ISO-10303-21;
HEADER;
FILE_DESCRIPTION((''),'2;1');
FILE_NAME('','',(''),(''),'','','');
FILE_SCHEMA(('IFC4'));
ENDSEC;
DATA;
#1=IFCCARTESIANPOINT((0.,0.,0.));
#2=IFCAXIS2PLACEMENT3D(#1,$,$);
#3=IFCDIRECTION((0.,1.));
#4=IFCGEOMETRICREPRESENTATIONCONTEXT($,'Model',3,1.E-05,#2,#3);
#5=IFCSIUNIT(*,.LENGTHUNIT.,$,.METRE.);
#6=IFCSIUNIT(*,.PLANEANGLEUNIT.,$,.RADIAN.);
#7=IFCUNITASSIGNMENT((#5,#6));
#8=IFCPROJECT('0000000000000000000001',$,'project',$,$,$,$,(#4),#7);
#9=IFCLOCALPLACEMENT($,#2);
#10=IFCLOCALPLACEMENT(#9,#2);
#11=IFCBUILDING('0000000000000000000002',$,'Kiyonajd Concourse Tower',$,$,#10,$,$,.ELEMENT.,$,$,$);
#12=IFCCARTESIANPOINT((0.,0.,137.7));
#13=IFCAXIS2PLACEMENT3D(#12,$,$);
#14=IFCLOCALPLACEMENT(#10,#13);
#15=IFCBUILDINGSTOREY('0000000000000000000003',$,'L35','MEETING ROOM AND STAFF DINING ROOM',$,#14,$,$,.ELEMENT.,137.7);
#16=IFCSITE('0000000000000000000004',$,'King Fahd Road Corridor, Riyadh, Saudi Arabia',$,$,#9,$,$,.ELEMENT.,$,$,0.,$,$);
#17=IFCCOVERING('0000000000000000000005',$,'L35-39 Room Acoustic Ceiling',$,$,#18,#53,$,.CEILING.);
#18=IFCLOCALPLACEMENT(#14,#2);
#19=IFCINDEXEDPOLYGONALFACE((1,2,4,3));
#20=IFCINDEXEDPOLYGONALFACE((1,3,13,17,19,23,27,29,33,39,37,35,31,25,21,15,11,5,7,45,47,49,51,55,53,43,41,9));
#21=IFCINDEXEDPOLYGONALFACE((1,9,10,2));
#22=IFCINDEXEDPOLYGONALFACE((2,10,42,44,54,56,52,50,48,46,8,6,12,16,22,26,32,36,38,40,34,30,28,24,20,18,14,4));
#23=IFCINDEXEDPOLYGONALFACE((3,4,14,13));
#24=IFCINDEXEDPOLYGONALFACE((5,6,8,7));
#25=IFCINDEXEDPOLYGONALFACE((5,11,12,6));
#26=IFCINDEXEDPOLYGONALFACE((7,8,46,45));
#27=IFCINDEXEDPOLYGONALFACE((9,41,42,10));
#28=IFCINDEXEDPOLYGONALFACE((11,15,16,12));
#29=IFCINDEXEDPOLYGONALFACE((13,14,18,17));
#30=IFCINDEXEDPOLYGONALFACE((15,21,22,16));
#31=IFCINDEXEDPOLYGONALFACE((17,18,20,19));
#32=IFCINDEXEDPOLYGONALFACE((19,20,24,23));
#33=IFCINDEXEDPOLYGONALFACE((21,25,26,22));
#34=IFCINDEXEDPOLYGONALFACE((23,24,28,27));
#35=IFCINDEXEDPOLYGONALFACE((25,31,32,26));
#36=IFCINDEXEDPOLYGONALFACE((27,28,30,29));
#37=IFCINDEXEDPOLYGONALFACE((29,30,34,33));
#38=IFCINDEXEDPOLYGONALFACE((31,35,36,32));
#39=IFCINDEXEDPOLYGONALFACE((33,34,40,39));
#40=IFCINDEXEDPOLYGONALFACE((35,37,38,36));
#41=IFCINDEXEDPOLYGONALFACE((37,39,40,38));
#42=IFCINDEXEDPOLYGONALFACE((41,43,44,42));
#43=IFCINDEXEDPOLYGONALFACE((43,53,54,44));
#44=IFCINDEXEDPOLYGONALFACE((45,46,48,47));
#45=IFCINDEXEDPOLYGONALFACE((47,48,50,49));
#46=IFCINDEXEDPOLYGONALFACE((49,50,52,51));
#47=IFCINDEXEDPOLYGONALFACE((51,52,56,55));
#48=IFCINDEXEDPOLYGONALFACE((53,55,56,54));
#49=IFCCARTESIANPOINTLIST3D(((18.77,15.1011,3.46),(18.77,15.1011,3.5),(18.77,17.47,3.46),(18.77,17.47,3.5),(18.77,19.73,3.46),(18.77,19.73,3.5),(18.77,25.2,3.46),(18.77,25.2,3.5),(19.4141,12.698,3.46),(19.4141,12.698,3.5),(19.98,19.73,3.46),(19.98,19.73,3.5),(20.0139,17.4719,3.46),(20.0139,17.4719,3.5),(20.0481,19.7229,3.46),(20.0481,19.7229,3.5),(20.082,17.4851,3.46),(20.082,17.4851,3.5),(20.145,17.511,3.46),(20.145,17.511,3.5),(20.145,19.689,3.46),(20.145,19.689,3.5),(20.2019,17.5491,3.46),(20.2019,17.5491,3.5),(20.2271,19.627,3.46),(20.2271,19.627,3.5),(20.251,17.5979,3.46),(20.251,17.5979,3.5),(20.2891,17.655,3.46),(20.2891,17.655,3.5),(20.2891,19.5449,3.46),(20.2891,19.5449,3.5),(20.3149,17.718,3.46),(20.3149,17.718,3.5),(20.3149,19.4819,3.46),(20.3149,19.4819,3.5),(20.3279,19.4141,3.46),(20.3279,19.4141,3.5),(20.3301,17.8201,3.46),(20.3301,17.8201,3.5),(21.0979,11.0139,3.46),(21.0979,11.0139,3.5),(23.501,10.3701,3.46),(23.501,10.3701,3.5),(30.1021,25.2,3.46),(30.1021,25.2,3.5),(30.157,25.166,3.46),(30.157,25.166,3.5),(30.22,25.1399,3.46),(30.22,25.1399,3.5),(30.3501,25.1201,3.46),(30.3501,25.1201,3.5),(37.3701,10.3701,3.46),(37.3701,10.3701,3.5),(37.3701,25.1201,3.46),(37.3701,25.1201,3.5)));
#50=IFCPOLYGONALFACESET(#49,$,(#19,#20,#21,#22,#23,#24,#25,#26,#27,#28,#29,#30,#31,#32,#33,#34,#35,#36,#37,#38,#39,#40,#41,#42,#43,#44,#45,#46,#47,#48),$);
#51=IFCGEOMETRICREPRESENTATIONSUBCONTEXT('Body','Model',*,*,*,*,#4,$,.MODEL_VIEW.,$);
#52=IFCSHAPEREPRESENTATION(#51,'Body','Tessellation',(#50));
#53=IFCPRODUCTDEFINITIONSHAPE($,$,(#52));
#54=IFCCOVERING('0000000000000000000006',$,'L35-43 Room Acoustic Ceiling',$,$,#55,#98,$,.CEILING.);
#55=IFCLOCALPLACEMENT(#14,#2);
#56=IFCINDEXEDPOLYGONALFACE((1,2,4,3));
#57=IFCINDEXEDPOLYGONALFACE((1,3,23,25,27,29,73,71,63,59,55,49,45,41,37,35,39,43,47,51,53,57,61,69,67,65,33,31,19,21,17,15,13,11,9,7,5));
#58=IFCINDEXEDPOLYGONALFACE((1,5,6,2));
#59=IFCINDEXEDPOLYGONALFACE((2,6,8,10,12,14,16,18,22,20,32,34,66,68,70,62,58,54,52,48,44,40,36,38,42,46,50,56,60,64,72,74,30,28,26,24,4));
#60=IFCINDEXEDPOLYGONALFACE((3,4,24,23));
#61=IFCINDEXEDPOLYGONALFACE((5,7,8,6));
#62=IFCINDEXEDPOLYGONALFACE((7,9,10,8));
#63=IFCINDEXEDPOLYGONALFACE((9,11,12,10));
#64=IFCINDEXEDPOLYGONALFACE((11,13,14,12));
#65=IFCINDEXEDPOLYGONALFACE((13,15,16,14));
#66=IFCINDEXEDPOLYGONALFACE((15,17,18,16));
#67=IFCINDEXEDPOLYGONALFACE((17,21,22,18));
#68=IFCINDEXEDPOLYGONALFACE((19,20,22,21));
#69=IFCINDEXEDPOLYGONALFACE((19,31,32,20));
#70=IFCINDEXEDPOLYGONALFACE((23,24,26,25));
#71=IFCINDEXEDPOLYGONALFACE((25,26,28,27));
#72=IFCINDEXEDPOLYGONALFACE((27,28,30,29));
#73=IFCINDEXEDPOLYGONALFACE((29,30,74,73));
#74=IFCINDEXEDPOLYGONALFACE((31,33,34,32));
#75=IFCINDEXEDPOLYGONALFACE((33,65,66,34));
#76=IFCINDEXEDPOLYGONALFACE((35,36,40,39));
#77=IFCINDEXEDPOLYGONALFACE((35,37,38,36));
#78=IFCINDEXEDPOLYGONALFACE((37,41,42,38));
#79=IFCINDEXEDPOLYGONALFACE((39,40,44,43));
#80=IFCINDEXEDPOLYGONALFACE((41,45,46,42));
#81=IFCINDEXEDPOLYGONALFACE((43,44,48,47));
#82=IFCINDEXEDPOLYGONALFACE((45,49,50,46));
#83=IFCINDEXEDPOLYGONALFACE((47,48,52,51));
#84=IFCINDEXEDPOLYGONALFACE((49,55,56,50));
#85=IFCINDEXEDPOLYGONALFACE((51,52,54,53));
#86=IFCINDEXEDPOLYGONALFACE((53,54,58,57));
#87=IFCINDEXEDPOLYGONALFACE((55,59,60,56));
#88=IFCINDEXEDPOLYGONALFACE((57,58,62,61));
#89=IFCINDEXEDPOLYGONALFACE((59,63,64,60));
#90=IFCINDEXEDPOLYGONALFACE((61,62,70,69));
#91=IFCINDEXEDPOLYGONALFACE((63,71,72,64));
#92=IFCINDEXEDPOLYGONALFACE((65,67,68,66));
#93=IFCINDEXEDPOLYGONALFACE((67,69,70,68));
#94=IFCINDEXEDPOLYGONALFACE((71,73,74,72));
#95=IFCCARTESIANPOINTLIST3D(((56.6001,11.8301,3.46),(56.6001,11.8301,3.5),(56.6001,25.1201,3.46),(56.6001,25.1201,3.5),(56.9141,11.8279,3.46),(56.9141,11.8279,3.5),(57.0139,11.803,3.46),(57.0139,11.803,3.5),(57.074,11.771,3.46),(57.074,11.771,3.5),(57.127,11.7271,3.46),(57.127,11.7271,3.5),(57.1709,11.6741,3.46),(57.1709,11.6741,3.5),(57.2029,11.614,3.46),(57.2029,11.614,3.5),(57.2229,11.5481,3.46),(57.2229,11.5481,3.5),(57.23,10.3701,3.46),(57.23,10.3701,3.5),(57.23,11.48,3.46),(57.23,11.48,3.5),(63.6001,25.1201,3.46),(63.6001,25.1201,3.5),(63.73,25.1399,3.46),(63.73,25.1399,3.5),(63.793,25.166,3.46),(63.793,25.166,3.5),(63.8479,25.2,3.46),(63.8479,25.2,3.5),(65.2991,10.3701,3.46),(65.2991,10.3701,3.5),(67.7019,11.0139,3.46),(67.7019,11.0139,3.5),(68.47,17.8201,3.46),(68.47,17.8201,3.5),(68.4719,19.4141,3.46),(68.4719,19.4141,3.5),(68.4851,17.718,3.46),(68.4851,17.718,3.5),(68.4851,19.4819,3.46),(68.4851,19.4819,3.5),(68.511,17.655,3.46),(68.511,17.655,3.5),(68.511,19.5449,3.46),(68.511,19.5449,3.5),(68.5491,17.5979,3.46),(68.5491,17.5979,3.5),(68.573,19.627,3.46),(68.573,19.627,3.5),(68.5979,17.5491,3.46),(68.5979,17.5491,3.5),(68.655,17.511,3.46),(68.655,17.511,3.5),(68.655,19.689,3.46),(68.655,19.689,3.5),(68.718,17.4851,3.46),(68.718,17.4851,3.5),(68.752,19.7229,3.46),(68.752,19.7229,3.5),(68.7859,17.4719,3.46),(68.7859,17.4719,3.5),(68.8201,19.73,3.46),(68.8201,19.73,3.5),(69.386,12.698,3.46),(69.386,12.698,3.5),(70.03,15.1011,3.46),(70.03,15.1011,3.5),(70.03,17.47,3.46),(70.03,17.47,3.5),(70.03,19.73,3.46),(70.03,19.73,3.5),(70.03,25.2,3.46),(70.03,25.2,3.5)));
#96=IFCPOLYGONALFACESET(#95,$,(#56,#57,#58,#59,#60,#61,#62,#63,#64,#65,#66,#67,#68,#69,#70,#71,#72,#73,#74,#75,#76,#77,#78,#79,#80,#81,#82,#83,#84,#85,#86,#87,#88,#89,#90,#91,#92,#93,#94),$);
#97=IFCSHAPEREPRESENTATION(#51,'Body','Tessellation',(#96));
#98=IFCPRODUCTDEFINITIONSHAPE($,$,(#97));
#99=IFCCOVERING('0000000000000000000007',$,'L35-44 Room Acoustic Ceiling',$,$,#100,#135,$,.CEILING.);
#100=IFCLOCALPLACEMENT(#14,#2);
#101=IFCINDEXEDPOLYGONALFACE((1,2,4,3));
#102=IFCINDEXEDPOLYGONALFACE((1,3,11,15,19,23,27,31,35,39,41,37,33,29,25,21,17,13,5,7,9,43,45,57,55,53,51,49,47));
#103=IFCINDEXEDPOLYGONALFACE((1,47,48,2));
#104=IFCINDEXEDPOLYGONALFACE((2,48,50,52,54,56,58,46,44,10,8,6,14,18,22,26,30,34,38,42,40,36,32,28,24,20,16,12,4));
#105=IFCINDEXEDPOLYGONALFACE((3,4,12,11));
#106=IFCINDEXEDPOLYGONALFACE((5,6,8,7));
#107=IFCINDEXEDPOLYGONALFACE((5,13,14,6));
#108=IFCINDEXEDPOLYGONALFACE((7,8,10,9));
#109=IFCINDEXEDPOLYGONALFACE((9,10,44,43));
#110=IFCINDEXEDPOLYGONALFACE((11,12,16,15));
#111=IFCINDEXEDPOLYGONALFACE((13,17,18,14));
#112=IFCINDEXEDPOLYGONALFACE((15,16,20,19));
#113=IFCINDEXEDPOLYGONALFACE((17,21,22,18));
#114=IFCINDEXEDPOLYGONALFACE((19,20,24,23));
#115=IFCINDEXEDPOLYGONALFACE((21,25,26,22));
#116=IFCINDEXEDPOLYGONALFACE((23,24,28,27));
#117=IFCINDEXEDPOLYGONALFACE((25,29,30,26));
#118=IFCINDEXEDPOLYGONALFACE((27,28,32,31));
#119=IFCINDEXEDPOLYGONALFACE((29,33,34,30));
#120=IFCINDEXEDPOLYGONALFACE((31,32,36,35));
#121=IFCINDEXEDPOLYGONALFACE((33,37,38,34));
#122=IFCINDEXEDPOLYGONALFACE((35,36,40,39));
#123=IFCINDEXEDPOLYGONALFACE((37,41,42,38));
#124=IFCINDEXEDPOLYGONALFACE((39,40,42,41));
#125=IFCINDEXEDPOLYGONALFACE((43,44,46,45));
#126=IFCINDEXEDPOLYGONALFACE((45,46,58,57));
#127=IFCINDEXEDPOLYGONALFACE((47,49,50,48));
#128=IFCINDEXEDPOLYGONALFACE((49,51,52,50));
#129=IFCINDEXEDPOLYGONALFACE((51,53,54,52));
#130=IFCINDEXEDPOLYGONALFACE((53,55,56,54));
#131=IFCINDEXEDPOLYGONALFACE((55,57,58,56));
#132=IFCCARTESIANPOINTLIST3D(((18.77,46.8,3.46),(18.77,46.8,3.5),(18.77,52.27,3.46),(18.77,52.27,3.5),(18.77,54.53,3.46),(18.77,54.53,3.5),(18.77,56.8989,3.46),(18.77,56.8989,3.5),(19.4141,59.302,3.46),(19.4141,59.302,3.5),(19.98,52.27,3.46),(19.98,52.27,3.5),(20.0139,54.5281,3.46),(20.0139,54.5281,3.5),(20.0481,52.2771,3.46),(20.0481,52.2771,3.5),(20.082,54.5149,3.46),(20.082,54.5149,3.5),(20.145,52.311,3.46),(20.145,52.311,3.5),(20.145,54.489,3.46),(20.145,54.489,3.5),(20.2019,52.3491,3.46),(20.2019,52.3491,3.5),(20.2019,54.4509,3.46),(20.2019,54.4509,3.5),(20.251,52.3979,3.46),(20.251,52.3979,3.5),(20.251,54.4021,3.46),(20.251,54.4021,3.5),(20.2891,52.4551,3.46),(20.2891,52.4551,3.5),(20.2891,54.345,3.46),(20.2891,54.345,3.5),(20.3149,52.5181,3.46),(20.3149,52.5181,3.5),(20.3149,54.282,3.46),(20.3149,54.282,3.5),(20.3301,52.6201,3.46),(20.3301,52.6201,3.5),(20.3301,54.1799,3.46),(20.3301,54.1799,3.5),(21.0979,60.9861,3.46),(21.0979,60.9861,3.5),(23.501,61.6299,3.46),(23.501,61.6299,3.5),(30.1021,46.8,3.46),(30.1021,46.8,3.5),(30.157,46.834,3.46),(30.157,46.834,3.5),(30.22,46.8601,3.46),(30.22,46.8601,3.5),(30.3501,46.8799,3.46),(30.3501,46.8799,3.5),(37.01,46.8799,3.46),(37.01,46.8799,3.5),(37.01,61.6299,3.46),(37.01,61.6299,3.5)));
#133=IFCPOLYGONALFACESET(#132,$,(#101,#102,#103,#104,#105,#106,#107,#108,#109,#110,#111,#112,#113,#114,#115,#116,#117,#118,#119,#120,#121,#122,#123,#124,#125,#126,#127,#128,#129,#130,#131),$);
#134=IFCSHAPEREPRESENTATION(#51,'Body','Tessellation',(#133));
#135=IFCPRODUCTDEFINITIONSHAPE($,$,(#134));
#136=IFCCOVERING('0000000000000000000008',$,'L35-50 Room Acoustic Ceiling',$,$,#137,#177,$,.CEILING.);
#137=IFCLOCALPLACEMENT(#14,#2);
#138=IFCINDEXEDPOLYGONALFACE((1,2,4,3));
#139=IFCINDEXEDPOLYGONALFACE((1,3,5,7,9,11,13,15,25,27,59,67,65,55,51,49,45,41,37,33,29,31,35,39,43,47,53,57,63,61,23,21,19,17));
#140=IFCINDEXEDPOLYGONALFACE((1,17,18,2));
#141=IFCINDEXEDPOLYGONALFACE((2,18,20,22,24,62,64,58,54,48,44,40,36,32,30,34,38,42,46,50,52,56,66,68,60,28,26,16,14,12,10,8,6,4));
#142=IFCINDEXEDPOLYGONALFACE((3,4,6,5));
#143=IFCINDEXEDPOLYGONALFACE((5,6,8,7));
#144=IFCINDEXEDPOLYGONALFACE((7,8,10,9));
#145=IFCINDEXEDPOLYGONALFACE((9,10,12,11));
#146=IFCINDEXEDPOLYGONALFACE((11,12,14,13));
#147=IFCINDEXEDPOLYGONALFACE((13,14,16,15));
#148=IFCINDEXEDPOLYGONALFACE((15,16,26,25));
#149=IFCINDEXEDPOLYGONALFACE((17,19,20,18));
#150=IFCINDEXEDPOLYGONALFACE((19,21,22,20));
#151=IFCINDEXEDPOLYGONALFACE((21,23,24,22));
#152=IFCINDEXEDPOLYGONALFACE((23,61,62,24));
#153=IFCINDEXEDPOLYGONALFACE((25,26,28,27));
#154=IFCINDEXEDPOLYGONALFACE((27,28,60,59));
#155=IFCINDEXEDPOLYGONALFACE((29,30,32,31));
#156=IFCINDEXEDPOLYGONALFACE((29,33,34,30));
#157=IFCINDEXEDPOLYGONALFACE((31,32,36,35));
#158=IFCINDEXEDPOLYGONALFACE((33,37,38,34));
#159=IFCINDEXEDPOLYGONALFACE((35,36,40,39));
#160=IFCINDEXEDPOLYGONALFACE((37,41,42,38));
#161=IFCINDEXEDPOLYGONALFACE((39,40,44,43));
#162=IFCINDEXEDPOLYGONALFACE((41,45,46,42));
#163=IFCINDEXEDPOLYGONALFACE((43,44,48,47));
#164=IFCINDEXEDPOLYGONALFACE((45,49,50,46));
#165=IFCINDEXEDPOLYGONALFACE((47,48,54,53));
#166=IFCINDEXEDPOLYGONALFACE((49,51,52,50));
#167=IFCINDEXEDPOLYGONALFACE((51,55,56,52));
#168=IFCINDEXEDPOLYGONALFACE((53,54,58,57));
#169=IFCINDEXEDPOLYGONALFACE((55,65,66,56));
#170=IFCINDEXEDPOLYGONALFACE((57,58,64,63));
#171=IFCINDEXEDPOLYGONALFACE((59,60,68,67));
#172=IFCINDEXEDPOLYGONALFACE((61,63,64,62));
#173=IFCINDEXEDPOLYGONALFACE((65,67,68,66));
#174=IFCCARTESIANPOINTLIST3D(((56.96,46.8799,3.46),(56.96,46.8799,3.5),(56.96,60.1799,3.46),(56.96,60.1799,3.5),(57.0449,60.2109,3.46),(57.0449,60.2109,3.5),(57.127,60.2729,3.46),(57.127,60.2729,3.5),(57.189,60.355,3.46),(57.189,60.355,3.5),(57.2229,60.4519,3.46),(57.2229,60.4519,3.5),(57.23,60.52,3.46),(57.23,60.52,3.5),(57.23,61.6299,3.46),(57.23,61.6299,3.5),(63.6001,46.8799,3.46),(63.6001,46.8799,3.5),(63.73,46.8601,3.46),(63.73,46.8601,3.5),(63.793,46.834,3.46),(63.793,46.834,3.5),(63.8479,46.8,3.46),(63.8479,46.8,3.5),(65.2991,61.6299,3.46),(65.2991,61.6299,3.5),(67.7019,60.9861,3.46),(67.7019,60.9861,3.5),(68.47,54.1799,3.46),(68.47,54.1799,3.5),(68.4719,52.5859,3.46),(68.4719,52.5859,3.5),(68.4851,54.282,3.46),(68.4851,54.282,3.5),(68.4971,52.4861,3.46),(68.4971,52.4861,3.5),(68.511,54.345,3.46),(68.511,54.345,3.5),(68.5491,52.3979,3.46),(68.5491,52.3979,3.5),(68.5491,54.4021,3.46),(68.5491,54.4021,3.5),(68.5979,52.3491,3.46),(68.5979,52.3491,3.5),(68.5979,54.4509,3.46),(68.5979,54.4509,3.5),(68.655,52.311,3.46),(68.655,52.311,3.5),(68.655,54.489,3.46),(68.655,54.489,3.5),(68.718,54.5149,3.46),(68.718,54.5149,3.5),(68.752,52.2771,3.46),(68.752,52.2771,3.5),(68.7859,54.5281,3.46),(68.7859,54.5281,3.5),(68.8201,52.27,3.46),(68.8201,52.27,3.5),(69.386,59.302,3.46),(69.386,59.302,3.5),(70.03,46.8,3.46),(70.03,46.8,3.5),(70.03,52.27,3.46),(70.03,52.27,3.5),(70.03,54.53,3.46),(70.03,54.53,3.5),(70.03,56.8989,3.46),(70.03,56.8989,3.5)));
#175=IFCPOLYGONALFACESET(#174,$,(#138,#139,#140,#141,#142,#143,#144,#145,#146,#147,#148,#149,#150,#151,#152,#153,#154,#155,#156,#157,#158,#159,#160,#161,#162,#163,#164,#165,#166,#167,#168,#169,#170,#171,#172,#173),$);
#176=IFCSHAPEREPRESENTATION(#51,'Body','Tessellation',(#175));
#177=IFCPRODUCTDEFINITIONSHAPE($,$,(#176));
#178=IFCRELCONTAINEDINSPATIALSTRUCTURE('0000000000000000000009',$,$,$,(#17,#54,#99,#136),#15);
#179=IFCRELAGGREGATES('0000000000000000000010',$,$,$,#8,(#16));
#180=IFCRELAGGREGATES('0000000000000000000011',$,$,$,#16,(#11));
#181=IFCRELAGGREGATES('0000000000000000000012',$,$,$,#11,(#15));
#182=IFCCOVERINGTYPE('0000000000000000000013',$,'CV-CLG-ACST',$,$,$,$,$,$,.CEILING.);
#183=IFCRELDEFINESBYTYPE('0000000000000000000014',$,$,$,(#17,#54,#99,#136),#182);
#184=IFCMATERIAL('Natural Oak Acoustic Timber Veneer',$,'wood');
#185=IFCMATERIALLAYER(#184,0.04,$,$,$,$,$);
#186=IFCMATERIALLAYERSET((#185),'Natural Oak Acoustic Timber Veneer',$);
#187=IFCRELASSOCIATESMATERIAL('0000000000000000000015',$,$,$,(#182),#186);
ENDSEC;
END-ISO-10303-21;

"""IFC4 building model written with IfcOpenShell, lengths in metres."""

from ifc_helpers import new_model, si_unit, direction, frame, origin, place, context, subcontext, project, spatial, polyline, outline, extrude, material, layer, layer_set, type_object, element, save


model = new_model("IFC4")

# Units and contexts
model_context = context("Model", 3, precision=1e-05, world=origin(), true_north=direction((0.0, 1.0)))
body_context = subcontext(model_context, "Body", "Model", "MODEL_VIEW")
ifc_project = project(units=[si_unit("LENGTHUNIT", "METRE"), si_unit("PLANEANGLEUNIT", "RADIAN")], contexts=[model_context])

# Site, building, storey
site_placement = place(None, origin())
site = spatial("IfcSite", under=ifc_project, at=site_placement, Name="King Fahd Road Corridor, Riyadh, Saudi Arabia", CompositionType="ELEMENT", RefElevation=0.0)
building_placement = place(site_placement, origin())
building = spatial("IfcBuilding", under=site, at=building_placement, Name="Kiyonajd Concourse Tower", CompositionType="ELEMENT")
storey_placement = place(building_placement, frame((0.0, 0.0, 137.7)))
storey = spatial("IfcBuildingStorey", under=building, at=storey_placement, Name="L35", Description="MEETING ROOM AND STAFF DINING ROOM", CompositionType="ELEMENT", Elevation=137.7)

# Shared definitions
ifc_material_1 = material(Name="Natural Oak Acoustic Timber Veneer", Category="wood")

# Coverings
ifc_layer_1 = layer(ifc_material_1, 0.04)
ifc_layer_set_1 = layer_set([ifc_layer_1], Name="Natural Oak Acoustic Timber Veneer")
covering_type = type_object("IfcCoveringType", Name="CV-CLG-ACST", PredefinedType="CEILING", material=ifc_layer_set_1)
covering_1_placement = place(storey_placement, frame((0.0, 0.0, 3.46)))
element("IfcCovering", 1, at=covering_1_placement, inside=storey, type_object=covering_type, Name="L35-39 Room Acoustic Ceiling", PredefinedType="CEILING", context=body_context, shape_type="SweptSolid", body=[
    extrude(outline(polyline([(19.4141, 12.698), (18.77, 15.1011), (18.77, 17.47), (20.0139, 17.4719), (20.082, 17.4851), (20.145, 17.511), (20.2019, 17.5491), (20.251, 17.5979), (20.2891, 17.655), (20.3149, 17.718), (20.3301, 17.8201), (20.3279, 19.4141), (20.3149, 19.4819), (20.2891, 19.5449), (20.2271, 19.627), (20.145, 19.689), (20.0481, 19.7229), (19.98, 19.73), (18.77, 19.73), (18.77, 25.2), (30.1021, 25.2), (30.157, 25.166), (30.22, 25.1399), (30.3501, 25.1201), (37.3701, 25.1201), (37.3701, 10.3701), (23.501, 10.3701), (21.0979, 11.0139), (19.4141, 12.698)])), origin(), (0.0, 0.0, 1.0), 0.04),
])
covering_2_placement = place(storey_placement, frame((0.0, 0.0, 3.46)))
element("IfcCovering", 2, at=covering_2_placement, inside=storey, type_object=covering_type, Name="L35-43 Room Acoustic Ceiling", PredefinedType="CEILING", context=body_context, shape_type="SweptSolid", body=[
    extrude(outline(polyline([(57.23, 10.3701), (57.23, 11.48), (57.2229, 11.5481), (57.2029, 11.614), (57.1709, 11.6741), (57.127, 11.7271), (57.074, 11.771), (57.0139, 11.803), (56.9141, 11.8279), (56.6001, 11.8301), (56.6001, 25.1201), (63.6001, 25.1201), (63.73, 25.1399), (63.793, 25.166), (63.8479, 25.2), (70.03, 25.2), (70.03, 19.73), (68.8201, 19.73), (68.752, 19.7229), (68.655, 19.689), (68.573, 19.627), (68.511, 19.5449), (68.4851, 19.4819), (68.4719, 19.4141), (68.47, 17.8201), (68.4851, 17.718), (68.511, 17.655), (68.5491, 17.5979), (68.5979, 17.5491), (68.655, 17.511), (68.718, 17.4851), (68.7859, 17.4719), (70.03, 17.47), (70.03, 15.1011), (69.386, 12.698), (67.7019, 11.0139), (65.2991, 10.3701), (57.23, 10.3701)])), origin(), (0.0, 0.0, 1.0), 0.04),
])
covering_3_placement = place(storey_placement, frame((0.0, 0.0, 3.46)))
element("IfcCovering", 3, at=covering_3_placement, inside=storey, type_object=covering_type, Name="L35-44 Room Acoustic Ceiling", PredefinedType="CEILING", context=body_context, shape_type="SweptSolid", body=[
    extrude(outline(polyline([(21.0979, 60.9861), (23.501, 61.6299), (37.01, 61.6299), (37.01, 46.8799), (30.3501, 46.8799), (30.22, 46.8601), (30.157, 46.834), (30.1021, 46.8), (18.77, 46.8), (18.77, 52.27), (19.98, 52.27), (20.0481, 52.2771), (20.145, 52.311), (20.2019, 52.3491), (20.251, 52.3979), (20.2891, 52.4551), (20.3149, 52.5181), (20.3301, 52.6201), (20.3301, 54.1799), (20.3149, 54.282), (20.2891, 54.345), (20.251, 54.4021), (20.2019, 54.4509), (20.145, 54.489), (20.082, 54.5149), (20.0139, 54.5281), (18.77, 54.53), (18.77, 56.8989), (19.4141, 59.302), (21.0979, 60.9861)])), origin(), (0.0, 0.0, 1.0), 0.04),
])
covering_4_placement = place(storey_placement, frame((0.0, 0.0, 3.46)))
element("IfcCovering", 4, at=covering_4_placement, inside=storey, type_object=covering_type, Name="L35-50 Room Acoustic Ceiling", PredefinedType="CEILING", context=body_context, shape_type="SweptSolid", body=[
    extrude(outline(polyline([(57.23, 61.6299), (65.2991, 61.6299), (67.7019, 60.9861), (69.386, 59.302), (70.03, 56.8989), (70.03, 54.53), (68.7859, 54.5281), (68.718, 54.5149), (68.655, 54.489), (68.5979, 54.4509), (68.5491, 54.4021), (68.511, 54.345), (68.4851, 54.282), (68.47, 54.1799), (68.4719, 52.5859), (68.4971, 52.4861), (68.5491, 52.3979), (68.5979, 52.3491), (68.655, 52.311), (68.752, 52.2771), (68.8201, 52.27), (70.03, 52.27), (70.03, 46.8), (63.8479, 46.8), (63.793, 46.834), (63.73, 46.8601), (63.6001, 46.8799), (56.96, 46.8799), (56.96, 60.1799), (57.0449, 60.2109), (57.127, 60.2729), (57.189, 60.355), (57.2229, 60.4519), (57.23, 60.52), (57.23, 61.6299)])), origin(), (0.0, 0.0, 1.0), 0.04),
])

save(model, "model.ifc")
